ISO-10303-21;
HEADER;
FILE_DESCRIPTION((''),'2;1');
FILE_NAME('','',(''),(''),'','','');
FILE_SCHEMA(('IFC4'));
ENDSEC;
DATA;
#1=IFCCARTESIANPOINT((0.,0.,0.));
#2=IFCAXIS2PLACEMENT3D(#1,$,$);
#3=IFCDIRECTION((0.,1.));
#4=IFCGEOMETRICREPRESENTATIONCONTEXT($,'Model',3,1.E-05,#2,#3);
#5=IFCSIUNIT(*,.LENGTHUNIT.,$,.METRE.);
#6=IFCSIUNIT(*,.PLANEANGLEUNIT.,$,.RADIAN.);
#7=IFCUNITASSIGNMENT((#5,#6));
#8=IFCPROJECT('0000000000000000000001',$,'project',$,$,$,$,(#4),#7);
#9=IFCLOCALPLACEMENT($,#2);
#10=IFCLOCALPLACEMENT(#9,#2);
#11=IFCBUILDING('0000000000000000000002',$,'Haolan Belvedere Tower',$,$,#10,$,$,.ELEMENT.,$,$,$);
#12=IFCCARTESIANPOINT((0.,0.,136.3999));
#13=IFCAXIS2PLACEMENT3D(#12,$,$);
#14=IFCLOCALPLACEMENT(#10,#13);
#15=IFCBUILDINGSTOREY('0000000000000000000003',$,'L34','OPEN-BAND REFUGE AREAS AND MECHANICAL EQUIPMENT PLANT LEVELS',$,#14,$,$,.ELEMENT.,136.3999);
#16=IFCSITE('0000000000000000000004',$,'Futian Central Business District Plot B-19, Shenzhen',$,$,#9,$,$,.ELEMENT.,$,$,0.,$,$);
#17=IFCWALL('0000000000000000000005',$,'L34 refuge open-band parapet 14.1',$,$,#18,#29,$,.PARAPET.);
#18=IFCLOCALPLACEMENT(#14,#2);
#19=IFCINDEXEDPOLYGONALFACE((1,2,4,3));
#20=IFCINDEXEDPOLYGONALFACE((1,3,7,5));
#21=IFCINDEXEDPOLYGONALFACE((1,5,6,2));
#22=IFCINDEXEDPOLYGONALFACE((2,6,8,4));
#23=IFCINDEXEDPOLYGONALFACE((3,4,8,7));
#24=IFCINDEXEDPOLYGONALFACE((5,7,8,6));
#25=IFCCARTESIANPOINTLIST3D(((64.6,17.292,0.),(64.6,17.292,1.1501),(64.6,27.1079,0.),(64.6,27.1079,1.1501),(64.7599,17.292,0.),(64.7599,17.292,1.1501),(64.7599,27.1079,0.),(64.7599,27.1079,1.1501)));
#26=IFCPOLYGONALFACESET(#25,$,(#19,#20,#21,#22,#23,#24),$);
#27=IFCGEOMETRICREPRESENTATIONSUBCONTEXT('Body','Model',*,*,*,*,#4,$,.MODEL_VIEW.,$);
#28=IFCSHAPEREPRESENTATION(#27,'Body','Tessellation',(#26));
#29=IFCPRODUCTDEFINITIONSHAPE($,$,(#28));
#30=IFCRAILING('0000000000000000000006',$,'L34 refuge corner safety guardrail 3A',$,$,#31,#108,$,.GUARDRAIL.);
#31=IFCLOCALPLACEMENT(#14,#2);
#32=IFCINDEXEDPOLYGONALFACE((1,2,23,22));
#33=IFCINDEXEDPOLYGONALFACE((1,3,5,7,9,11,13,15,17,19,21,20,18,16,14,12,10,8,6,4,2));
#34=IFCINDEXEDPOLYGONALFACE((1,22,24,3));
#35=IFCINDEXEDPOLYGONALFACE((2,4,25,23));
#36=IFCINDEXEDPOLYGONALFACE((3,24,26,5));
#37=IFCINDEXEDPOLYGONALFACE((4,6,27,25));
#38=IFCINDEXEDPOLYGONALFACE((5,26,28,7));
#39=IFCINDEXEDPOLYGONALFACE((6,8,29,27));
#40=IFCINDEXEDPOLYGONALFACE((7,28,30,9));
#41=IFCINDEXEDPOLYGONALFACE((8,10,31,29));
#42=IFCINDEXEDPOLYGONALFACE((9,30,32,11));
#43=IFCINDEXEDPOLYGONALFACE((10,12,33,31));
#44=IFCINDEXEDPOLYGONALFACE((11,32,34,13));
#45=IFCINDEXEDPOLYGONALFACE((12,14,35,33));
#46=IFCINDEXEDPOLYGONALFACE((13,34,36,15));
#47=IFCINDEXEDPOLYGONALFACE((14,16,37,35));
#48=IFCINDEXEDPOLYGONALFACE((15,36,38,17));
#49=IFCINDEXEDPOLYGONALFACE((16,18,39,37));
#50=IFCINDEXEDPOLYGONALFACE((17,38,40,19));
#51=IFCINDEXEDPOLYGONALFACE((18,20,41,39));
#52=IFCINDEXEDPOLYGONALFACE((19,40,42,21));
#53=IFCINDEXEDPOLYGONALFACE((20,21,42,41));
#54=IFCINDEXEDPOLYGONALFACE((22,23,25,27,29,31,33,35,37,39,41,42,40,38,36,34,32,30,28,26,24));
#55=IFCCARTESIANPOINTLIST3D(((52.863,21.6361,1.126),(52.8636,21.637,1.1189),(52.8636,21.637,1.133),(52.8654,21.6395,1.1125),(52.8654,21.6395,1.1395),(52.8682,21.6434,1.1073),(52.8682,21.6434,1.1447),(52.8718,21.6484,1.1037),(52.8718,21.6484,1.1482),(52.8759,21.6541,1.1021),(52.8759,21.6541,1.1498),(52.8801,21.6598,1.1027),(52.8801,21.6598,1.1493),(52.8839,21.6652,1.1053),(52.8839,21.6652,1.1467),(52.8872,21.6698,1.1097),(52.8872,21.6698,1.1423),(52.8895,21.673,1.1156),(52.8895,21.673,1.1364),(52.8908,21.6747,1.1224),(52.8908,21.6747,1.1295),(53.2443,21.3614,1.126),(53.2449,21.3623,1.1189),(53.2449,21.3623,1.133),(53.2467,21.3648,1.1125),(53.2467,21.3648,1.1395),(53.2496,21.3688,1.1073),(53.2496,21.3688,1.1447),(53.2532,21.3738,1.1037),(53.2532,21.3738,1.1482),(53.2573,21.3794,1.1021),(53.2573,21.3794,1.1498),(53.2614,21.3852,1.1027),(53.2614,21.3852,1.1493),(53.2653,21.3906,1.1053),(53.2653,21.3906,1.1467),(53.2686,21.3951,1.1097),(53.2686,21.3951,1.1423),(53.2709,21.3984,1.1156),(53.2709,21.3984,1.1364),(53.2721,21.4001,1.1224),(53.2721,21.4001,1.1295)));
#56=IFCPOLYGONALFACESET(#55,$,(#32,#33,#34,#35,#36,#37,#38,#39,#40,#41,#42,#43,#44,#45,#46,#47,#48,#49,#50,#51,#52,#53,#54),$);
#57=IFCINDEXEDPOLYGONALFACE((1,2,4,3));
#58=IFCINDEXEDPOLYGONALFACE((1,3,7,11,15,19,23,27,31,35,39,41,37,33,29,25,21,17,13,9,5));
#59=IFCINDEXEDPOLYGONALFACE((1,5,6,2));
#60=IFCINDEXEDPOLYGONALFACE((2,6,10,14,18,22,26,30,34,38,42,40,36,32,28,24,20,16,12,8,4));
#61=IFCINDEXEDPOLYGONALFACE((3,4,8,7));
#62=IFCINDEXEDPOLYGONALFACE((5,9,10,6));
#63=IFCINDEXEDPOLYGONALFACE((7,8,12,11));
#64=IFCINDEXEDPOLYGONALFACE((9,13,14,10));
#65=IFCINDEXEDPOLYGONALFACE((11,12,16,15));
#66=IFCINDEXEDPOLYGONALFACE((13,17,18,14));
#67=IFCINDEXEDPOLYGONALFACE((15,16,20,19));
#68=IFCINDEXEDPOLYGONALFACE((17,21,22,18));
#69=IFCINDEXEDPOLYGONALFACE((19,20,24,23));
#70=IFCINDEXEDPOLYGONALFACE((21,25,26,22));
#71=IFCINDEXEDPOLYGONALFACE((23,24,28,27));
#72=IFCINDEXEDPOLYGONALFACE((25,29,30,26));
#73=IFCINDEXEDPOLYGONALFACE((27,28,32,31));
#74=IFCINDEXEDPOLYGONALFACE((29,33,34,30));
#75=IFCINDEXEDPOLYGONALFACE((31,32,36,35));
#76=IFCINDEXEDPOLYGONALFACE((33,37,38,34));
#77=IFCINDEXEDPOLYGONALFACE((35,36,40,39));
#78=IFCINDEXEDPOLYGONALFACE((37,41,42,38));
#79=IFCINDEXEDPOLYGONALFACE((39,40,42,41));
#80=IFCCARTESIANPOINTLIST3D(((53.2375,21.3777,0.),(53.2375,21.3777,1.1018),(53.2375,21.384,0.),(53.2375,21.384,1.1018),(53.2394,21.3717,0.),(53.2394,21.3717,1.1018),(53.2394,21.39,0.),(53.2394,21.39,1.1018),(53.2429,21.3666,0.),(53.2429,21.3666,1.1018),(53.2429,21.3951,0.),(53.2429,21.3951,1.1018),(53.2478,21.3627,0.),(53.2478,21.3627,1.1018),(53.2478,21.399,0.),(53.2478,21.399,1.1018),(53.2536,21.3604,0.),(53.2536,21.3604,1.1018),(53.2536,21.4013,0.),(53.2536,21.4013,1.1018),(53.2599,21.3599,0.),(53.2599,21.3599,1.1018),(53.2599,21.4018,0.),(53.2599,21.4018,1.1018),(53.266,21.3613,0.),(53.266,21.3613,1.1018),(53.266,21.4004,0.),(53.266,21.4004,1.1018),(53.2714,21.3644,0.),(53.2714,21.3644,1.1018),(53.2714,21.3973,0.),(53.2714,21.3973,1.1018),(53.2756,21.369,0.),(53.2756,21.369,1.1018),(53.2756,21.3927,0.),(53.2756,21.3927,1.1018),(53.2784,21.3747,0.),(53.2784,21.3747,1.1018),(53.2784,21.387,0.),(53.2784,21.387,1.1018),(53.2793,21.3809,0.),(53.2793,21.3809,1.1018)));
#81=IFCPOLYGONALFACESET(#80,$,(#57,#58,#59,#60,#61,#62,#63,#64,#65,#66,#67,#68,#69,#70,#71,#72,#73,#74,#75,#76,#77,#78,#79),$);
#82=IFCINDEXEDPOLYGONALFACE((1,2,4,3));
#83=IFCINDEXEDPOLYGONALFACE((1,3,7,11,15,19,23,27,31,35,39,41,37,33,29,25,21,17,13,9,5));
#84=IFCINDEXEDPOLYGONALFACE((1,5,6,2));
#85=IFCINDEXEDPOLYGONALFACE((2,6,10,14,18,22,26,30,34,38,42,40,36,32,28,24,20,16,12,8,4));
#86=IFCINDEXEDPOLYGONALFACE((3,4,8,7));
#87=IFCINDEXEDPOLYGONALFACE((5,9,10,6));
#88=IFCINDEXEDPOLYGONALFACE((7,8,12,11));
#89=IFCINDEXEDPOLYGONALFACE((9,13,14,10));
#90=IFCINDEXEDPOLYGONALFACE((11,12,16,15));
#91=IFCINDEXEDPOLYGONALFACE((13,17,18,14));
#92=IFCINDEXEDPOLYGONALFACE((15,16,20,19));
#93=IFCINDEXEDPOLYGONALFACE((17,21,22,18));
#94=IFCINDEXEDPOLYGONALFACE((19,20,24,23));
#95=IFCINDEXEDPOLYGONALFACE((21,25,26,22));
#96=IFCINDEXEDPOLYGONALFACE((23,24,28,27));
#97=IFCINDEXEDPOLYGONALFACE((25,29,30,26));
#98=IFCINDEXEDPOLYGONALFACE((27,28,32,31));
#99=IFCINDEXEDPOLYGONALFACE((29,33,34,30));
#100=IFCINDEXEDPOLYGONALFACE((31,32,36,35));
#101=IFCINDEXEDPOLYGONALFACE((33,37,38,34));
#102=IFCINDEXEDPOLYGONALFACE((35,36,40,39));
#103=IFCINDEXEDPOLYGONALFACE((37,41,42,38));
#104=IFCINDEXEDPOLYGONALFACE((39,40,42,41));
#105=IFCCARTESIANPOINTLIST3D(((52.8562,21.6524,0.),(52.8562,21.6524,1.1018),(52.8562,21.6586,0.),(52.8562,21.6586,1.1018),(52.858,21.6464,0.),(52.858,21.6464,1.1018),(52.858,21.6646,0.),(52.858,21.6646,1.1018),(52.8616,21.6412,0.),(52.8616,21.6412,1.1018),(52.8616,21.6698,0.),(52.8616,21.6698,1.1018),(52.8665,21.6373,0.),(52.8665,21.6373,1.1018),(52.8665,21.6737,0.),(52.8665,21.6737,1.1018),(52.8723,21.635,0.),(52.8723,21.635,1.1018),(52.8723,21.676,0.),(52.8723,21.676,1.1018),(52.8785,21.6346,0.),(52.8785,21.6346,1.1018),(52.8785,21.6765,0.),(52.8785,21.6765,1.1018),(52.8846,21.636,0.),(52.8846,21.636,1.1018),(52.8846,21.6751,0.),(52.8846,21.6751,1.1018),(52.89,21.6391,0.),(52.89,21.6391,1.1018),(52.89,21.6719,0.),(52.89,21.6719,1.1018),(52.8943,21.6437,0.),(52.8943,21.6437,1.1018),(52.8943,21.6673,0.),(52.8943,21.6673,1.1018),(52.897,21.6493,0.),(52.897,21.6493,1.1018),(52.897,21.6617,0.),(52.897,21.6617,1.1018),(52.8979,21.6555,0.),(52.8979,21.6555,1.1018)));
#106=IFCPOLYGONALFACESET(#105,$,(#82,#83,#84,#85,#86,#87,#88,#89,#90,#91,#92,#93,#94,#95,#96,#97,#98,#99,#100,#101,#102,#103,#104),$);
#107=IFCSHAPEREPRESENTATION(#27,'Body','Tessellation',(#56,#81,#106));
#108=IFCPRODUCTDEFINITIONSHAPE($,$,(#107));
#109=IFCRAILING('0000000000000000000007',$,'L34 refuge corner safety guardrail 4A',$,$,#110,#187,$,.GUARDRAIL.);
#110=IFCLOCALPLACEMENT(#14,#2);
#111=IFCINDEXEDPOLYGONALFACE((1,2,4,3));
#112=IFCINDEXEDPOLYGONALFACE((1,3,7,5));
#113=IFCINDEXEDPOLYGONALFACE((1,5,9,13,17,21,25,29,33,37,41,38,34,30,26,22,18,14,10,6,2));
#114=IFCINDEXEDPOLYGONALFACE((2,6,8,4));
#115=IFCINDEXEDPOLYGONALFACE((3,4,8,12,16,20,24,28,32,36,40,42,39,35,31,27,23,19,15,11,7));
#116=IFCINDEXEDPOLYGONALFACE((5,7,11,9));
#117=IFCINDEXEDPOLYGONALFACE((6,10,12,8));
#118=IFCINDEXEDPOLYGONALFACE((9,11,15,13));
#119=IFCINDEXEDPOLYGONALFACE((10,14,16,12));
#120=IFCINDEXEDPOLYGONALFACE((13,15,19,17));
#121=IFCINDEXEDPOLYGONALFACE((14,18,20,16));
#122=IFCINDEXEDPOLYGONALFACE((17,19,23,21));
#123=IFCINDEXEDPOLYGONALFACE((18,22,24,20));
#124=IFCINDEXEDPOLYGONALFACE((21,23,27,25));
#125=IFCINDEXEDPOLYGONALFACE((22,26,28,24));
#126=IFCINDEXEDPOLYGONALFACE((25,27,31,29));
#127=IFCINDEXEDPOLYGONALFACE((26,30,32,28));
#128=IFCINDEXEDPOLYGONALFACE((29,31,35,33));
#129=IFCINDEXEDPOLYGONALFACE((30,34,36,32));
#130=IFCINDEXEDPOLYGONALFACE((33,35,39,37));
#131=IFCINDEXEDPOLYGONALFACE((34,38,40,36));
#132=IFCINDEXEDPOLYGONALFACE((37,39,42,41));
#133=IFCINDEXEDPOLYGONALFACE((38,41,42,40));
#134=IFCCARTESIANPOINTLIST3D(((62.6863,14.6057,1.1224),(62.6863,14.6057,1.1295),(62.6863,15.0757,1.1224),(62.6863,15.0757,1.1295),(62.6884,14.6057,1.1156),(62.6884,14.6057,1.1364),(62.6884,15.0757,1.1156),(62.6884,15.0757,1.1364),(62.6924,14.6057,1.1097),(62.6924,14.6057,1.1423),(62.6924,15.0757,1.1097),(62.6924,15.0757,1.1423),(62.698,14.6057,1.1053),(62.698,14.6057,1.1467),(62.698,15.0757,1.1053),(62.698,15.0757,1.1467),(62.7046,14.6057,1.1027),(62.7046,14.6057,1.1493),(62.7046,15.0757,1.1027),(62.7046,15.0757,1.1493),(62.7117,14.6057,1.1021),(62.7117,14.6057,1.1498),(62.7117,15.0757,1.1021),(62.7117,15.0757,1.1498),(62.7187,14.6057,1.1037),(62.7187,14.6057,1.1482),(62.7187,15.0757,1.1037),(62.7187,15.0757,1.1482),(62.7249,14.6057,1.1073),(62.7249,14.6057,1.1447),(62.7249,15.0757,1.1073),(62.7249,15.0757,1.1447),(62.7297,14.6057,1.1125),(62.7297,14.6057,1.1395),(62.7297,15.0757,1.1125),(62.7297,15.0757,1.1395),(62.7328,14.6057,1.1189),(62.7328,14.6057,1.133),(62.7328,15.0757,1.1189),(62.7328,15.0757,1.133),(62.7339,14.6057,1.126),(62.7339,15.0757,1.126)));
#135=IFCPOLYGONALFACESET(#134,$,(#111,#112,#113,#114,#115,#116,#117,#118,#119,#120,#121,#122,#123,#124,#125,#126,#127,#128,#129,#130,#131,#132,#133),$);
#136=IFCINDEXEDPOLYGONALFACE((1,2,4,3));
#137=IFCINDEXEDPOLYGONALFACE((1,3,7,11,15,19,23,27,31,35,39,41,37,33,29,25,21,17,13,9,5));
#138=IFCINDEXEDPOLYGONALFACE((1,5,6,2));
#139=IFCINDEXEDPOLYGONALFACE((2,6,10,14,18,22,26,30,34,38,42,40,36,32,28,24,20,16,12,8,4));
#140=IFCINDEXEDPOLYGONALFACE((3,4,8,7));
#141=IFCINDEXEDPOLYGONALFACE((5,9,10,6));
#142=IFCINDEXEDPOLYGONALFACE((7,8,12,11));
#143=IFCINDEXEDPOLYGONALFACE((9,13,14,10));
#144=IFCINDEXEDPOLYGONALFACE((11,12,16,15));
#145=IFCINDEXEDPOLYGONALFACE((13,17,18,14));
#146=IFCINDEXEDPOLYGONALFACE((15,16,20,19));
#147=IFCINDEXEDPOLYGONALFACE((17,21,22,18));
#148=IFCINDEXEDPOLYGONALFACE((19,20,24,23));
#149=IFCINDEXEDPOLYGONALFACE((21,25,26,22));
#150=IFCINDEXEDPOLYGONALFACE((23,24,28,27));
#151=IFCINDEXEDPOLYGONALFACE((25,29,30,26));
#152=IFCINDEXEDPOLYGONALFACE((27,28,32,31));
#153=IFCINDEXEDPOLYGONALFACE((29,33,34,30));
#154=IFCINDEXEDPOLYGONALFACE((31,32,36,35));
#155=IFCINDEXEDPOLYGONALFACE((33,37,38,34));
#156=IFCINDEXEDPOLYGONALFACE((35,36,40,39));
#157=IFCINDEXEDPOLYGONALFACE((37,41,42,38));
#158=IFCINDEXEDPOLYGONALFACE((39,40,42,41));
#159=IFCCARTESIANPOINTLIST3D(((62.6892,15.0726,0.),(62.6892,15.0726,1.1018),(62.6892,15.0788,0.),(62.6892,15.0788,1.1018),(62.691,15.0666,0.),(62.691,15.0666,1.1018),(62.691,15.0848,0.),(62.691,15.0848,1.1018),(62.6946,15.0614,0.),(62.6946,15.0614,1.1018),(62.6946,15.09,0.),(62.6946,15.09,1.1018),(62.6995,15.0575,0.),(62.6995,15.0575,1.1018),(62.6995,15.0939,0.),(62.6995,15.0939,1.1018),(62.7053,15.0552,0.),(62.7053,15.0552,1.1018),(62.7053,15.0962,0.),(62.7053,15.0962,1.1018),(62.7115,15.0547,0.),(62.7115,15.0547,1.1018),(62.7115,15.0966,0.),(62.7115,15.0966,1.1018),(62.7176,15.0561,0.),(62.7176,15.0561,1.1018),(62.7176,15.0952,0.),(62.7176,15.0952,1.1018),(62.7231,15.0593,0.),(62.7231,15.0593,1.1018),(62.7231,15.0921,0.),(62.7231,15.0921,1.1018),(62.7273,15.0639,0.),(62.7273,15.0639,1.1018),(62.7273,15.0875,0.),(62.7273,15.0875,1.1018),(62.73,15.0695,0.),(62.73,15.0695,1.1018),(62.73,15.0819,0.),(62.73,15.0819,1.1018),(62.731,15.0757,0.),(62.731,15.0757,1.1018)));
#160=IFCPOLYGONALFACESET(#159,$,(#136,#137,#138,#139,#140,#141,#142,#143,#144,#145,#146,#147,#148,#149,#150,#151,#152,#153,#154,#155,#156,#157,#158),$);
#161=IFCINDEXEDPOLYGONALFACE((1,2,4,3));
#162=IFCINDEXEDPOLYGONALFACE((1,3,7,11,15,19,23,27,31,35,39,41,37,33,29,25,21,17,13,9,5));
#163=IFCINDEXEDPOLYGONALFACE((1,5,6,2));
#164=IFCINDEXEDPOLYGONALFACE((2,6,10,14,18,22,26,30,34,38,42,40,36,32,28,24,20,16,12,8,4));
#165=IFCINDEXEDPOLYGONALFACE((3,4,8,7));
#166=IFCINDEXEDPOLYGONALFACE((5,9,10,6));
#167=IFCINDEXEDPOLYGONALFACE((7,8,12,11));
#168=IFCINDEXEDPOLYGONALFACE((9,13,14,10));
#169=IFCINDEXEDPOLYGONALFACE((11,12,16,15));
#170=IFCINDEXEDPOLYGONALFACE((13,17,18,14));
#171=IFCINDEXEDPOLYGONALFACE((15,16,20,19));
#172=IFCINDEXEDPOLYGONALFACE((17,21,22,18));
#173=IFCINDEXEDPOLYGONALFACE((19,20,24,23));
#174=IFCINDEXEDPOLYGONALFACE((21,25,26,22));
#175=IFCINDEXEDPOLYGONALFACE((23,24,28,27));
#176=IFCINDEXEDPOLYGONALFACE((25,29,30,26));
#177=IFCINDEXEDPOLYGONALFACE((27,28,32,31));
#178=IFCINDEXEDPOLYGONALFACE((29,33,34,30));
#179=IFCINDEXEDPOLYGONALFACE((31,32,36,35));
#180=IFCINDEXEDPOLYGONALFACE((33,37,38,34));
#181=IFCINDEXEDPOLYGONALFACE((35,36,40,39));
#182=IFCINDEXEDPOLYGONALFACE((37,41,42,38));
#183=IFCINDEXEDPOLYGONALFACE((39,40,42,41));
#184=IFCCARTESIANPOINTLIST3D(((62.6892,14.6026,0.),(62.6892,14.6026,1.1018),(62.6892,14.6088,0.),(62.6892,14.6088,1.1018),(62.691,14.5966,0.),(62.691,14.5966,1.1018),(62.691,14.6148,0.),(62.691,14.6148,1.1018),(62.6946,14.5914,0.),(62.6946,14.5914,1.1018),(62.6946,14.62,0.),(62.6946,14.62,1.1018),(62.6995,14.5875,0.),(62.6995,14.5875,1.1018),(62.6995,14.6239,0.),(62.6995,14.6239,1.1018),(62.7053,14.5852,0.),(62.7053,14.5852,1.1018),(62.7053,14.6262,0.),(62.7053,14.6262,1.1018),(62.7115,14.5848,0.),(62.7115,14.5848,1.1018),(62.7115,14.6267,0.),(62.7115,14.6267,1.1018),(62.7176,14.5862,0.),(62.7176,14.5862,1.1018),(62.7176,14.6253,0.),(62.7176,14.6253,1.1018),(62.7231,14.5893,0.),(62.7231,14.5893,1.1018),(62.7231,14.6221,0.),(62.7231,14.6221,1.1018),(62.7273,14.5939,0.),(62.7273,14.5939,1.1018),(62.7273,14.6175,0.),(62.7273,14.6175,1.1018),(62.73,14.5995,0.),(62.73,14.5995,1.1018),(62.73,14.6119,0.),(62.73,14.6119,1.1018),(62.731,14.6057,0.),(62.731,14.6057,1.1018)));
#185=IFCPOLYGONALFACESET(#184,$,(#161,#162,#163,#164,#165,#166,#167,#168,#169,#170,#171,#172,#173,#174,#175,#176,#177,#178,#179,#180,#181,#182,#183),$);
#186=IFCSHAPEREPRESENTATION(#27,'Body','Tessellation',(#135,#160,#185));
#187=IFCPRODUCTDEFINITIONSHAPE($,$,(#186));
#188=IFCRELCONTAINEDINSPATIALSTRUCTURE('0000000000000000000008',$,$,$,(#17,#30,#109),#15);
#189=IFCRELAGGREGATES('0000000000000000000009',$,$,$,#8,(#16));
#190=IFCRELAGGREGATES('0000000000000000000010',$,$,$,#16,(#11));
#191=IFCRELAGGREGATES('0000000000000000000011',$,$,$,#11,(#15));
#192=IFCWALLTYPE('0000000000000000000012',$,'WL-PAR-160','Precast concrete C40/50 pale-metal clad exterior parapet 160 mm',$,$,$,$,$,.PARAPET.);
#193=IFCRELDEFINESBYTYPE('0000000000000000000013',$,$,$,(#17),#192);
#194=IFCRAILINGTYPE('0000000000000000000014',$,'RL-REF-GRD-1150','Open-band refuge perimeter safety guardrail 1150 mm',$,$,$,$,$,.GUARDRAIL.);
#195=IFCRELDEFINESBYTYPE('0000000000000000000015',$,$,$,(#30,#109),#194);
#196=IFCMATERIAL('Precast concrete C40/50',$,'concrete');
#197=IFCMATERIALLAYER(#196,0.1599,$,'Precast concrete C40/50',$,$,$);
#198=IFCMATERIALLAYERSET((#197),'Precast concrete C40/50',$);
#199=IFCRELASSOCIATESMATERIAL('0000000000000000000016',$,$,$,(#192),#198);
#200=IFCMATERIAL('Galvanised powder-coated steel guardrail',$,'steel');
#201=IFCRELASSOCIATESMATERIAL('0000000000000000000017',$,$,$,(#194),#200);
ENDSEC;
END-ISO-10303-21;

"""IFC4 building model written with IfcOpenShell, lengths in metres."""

from ifc_helpers import new_model, si_unit, direction, frame, frame_2d, origin, origin_2d, place, context, subcontext, project, spatial, rectangle, circle, extrude, material, layer, layer_set, type_object, element, save


model = new_model("IFC4")

# Units and contexts
model_context = context("Model", 3, precision=1e-05, world=origin(), true_north=direction((0.0, 1.0)))
body_context = subcontext(model_context, "Body", "Model", "MODEL_VIEW")
ifc_project = project(units=[si_unit("LENGTHUNIT", "METRE"), si_unit("PLANEANGLEUNIT", "RADIAN")], contexts=[model_context])

# Site, building, storey
site_placement = place(None, origin())
site = spatial("IfcSite", under=ifc_project, at=site_placement, Name="Futian Central Business District Plot B-19, Shenzhen", CompositionType="ELEMENT", RefElevation=0.0)
building_placement = place(site_placement, origin())
building = spatial("IfcBuilding", under=site, at=building_placement, Name="Haolan Belvedere Tower", CompositionType="ELEMENT")
storey_placement = place(building_placement, frame((0.0, 0.0, 136.3999)))
storey = spatial("IfcBuildingStorey", under=building, at=storey_placement, Name="L34", Description="OPEN-BAND REFUGE AREAS AND MECHANICAL EQUIPMENT PLANT LEVELS", CompositionType="ELEMENT", Elevation=136.3999)

# Wall
ifc_material_1 = material(Name="Precast concrete C40/50", Category="concrete")
ifc_layer_1 = layer(ifc_material_1, 0.1599, Name="Precast concrete C40/50")
ifc_layer_set_1 = layer_set([ifc_layer_1], Name="Precast concrete C40/50")
wall_type_1 = type_object("IfcWallType", Name="WL-PAR-160", Description="Precast concrete C40/50 pale-metal clad exterior parapet 160 mm", PredefinedType="PARAPET", material=ifc_layer_set_1)
wall_1_placement = place(storey_placement, frame((64.6799, 17.292, 0.0), z_axis=(0.0, 0.0, 1.0), x_axis=(0.0, 1.0, 0.0)))
element("IfcWall", 1, at=wall_1_placement, inside=storey, type_object=wall_type_1, Name="L34 refuge open-band parapet 14.1", PredefinedType="PARAPET", context=body_context, shape_type="SweptSolid", body=[
    extrude(rectangle(XDim=9.8159, YDim=0.1599, at=frame_2d((4.908, 0.0))), origin(), (0.0, 0.0, 1.0), 1.1501),
])

# Railings
ifc_material_2 = material(Name="Galvanised powder-coated steel guardrail", Category="steel")
railing_type = type_object("IfcRailingType", Name="RL-REF-GRD-1150", Description="Open-band refuge perimeter safety guardrail 1150 mm", PredefinedType="GUARDRAIL", material=ifc_material_2)
railing_1_placement = place(storey_placement, frame((53.2583, 21.3809, 0.0)))
element("IfcRailing", 2, at=railing_1_placement, inside=storey, type_object=railing_type, Name="L34 refuge corner safety guardrail 3A", PredefinedType="GUARDRAIL", context=body_context, shape_type="SweptSolid", body=[
    extrude(circle(Radius=0.0239, at=origin_2d()), frame((0.0, 0.0, 1.126), z_axis=(-0.811446, 0.584428, 0.0), x_axis=(-0.584428, -0.811446, 0.0)), (0.0, 0.0, 1.0), 0.47),
    extrude(circle(Radius=0.021, at=origin_2d()), origin(), (0.0, 0.0, 1.0), 1.1018),
    extrude(circle(Radius=0.021, at=origin_2d()), frame((-0.3813, 0.2747, 0.0)), (0.0, 0.0, 1.0), 1.1018),
])
railing_2_placement = place(storey_placement, frame((62.71, 15.0757, 0.0)))
element("IfcRailing", 3, at=railing_2_placement, inside=storey, type_object=railing_type, Name="L34 refuge corner safety guardrail 4A", PredefinedType="GUARDRAIL", context=body_context, shape_type="SweptSolid", body=[
    extrude(circle(Radius=0.0239, at=origin_2d()), frame((0.0, 0.0, 1.126), z_axis=(0.0, -1.0, 0.0), x_axis=(1.0, 0.0, 0.0)), (0.0, 0.0, 1.0), 0.47),
    extrude(circle(Radius=0.021, at=origin_2d()), origin(), (0.0, 0.0, 1.0), 1.1018),
    extrude(circle(Radius=0.021, at=origin_2d()), frame((0.0, -0.47, 0.0)), (0.0, 0.0, 1.0), 1.1018),
])

save(model, "model.ifc")
